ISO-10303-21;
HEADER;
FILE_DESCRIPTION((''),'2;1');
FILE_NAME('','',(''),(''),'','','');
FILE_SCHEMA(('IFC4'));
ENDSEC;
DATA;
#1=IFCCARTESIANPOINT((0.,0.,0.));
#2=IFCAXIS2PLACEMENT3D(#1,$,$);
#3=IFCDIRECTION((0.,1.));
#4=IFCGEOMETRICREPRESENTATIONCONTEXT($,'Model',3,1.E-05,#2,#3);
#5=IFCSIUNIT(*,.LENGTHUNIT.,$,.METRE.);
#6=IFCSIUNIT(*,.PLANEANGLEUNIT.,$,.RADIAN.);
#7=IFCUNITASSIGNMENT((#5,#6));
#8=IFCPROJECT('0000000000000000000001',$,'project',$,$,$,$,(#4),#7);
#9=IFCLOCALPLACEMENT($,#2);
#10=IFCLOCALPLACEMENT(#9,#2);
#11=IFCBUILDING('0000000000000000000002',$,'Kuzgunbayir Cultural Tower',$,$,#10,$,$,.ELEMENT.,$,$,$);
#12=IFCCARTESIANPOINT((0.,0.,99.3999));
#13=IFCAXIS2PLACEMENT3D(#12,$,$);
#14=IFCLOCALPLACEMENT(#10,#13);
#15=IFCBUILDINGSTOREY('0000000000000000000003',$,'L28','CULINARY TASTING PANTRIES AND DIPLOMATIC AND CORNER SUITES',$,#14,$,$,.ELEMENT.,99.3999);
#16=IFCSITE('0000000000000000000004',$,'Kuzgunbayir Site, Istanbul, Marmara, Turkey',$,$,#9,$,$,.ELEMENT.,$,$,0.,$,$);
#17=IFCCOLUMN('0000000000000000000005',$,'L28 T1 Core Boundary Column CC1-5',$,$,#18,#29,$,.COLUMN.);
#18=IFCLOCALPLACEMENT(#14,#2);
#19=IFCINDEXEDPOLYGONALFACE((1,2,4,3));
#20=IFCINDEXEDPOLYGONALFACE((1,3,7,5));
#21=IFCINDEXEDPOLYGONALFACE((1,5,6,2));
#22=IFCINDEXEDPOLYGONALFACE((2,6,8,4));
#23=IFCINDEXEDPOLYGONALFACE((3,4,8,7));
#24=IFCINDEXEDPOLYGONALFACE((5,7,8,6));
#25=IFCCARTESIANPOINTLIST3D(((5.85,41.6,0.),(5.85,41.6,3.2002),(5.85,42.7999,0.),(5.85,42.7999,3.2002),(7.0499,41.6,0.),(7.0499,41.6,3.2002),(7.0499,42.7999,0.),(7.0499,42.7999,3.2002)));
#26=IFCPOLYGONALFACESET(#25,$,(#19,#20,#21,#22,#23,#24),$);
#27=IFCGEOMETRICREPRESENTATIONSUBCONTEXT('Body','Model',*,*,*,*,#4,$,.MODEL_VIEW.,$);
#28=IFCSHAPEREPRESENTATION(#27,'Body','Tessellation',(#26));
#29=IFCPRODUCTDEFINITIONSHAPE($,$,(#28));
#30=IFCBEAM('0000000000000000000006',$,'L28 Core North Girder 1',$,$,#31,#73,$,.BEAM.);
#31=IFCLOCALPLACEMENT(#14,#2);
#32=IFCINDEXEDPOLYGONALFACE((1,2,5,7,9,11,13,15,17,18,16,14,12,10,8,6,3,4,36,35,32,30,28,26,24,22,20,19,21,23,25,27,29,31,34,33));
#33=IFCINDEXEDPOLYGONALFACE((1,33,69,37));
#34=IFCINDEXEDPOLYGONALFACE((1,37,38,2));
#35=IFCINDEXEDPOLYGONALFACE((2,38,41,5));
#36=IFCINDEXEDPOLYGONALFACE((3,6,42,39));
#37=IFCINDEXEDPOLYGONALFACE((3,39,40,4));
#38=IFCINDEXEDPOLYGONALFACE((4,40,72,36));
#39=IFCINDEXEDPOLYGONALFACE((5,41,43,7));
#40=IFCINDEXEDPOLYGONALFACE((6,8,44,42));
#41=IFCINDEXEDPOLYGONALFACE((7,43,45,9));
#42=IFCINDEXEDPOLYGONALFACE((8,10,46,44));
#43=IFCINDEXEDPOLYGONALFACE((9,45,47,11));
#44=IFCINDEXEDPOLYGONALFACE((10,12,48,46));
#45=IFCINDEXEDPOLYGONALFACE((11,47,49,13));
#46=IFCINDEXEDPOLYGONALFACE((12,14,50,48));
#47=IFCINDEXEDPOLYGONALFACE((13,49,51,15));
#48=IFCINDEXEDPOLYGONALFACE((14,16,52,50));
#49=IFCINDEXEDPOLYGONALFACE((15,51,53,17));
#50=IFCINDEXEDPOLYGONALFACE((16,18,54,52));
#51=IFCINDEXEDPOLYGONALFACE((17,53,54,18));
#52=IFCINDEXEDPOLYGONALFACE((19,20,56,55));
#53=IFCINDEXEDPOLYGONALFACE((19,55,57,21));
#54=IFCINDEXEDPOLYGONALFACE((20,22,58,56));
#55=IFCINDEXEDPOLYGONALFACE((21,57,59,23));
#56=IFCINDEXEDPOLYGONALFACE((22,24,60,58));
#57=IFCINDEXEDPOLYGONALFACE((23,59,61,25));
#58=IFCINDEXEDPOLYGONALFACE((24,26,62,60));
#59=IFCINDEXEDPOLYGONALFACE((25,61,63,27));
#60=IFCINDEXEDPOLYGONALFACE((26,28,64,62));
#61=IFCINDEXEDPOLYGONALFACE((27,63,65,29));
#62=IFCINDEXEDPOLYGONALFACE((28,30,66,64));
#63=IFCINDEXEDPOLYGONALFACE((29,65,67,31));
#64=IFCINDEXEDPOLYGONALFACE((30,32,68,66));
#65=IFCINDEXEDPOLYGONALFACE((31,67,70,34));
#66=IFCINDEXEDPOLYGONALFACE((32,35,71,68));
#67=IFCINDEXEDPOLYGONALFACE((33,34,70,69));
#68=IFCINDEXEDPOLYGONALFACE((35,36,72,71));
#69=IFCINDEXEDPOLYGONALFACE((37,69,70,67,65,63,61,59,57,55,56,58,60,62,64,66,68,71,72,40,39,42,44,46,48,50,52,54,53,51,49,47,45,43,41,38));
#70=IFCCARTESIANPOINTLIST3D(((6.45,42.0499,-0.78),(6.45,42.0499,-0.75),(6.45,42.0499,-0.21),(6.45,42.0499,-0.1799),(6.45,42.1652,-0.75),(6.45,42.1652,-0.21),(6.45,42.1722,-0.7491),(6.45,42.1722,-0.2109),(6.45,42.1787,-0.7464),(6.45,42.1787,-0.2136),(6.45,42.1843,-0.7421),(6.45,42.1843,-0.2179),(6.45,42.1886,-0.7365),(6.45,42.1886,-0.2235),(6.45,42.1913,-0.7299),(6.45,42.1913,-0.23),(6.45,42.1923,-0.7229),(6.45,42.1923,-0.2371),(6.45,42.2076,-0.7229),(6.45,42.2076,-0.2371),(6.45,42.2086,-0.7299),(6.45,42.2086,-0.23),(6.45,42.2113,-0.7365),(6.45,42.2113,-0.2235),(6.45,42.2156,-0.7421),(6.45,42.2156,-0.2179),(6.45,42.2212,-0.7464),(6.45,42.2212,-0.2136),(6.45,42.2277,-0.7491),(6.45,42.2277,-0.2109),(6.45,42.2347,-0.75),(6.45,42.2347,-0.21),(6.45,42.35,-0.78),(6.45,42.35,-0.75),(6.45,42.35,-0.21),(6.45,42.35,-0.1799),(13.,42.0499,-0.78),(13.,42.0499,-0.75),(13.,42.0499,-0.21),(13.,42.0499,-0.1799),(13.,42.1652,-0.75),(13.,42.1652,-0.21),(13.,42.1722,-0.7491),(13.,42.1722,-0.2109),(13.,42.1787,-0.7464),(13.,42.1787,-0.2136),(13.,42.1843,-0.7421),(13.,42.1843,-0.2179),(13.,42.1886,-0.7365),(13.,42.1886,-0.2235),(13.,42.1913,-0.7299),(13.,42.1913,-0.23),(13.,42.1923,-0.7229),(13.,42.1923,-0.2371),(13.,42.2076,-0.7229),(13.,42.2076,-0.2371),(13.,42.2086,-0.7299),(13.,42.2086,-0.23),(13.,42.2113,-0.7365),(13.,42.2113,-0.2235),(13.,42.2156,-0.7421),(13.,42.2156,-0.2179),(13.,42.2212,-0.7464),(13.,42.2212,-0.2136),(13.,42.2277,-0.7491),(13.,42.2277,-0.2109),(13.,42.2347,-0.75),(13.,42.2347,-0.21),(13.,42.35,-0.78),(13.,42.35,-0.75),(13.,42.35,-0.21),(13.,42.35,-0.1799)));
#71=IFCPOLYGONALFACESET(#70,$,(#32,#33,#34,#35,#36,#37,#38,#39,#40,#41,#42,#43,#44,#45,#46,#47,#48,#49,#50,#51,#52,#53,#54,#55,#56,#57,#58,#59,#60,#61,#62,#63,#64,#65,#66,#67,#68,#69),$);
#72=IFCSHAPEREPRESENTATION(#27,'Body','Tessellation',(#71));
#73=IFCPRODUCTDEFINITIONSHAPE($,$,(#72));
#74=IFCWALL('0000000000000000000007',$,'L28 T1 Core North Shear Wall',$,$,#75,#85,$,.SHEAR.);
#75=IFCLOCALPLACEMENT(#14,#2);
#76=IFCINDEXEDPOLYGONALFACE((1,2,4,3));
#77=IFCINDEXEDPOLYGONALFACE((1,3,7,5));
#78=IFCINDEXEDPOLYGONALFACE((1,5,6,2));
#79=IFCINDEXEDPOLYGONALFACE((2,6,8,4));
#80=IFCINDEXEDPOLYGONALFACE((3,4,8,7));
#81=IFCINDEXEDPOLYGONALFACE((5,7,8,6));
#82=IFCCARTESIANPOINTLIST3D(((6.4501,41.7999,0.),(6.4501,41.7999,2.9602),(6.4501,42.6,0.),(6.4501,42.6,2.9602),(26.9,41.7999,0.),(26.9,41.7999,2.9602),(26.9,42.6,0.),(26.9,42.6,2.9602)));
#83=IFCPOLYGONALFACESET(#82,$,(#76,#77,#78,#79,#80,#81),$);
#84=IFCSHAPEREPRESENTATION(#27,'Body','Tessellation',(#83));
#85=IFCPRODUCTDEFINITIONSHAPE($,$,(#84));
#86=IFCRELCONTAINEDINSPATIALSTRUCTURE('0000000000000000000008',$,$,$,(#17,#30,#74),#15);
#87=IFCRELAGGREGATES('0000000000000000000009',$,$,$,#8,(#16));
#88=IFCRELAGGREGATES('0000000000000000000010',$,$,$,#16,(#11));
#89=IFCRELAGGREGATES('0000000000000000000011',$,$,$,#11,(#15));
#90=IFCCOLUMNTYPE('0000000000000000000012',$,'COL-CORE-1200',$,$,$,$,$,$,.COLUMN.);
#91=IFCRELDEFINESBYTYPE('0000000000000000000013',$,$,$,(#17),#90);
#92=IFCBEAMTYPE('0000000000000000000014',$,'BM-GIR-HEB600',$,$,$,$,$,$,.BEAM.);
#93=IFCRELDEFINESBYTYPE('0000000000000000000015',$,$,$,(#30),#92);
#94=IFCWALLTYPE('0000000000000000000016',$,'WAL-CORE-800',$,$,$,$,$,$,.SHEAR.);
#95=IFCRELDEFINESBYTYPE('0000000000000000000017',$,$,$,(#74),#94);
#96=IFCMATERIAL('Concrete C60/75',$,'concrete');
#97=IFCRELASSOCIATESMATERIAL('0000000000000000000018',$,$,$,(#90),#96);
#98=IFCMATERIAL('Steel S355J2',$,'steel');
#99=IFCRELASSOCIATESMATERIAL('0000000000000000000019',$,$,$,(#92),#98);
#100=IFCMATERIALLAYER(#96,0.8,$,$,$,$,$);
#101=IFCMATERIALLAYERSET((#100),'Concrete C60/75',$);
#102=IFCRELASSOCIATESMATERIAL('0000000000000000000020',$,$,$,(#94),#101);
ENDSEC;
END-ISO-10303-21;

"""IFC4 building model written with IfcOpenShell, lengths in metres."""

from ifc_helpers import new_model, si_unit, direction, frame, frame_2d, origin, origin_2d, place, context, subcontext, project, spatial, rectangle, i_section, extrude, material, layer, layer_set, material_profile, profile_set, type_object, element, save


model = new_model("IFC4")

# Units and contexts
model_context = context("Model", 3, precision=1e-05, world=origin(), true_north=direction((0.0, 1.0)))
body_context = subcontext(model_context, "Body", "Model", "MODEL_VIEW")
ifc_project = project(units=[si_unit("LENGTHUNIT", "METRE"), si_unit("PLANEANGLEUNIT", "RADIAN")], contexts=[model_context])

# Site, building, storey
site_placement = place(None, origin())
site = spatial("IfcSite", under=ifc_project, at=site_placement, Name="Kuzgunbayir Site, Istanbul, Marmara, Turkey", CompositionType="ELEMENT", RefElevation=0.0)
building_placement = place(site_placement, origin())
building = spatial("IfcBuilding", under=site, at=building_placement, Name="Kuzgunbayir Cultural Tower", CompositionType="ELEMENT")
storey_placement = place(building_placement, frame((0.0, 0.0, 99.3999)))
storey = spatial("IfcBuildingStorey", under=building, at=storey_placement, Name="L28", Description="CULINARY TASTING PANTRIES AND DIPLOMATIC AND CORNER SUITES", CompositionType="ELEMENT", Elevation=99.3999)

# Column
ifc_material_1 = material(Name="Concrete C60/75", Category="concrete")
ifc_material_profile_1 = material_profile(ifc_material_1, rectangle(XDim=1.2, YDim=1.2, at=origin_2d()), Name="RC 1200x1200")
ifc_profile_set_1 = profile_set([ifc_material_profile_1], Name="Concrete C60/75")
column_type = type_object("IfcColumnType", Name="COL-CORE-1200", PredefinedType="COLUMN", material=ifc_profile_set_1)
column_placement = place(storey_placement, frame((6.45, 42.2, 0.0), z_axis=(0.0, 0.0, 1.0), x_axis=(1.0, 0.0, 0.0)))
element("IfcColumn", 1, at=column_placement, inside=storey, type_object=column_type, Name="L28 T1 Core Boundary Column CC1-5", PredefinedType="COLUMN", context=body_context, shape_type="SweptSolid", body=[
    extrude(rectangle(XDim=1.2, YDim=1.2, at=origin_2d()), origin(), (0.0, 0.0, 1.0), 3.2002),
])

# Beam
ifc_material_2 = material(Name="Steel S355J2", Category="steel")
ifc_material_profile_2 = material_profile(ifc_material_2, i_section(OverallWidth=0.3, OverallDepth=0.6001, WebThickness=0.0154, FlangeThickness=0.03, FilletRadius=0.0271, at=origin_2d()), Name="HEB 600")
ifc_profile_set_2 = profile_set([ifc_material_profile_2], Name="Steel S355J2")
beam_type = type_object("IfcBeamType", Name="BM-GIR-HEB600", PredefinedType="BEAM", material=ifc_profile_set_2)
beam_placement = place(storey_placement, frame((6.45, 42.2, -0.48), z_axis=(1.0, 0.0, 0.0), x_axis=(0.0, 1.0, 0.0)))
element("IfcBeam", 2, at=beam_placement, inside=storey, type_object=beam_type, Name="L28 Core North Girder 1", PredefinedType="BEAM", context=body_context, shape_type="SweptSolid", body=[
    extrude(i_section(OverallWidth=0.3, OverallDepth=0.6001, WebThickness=0.0154, FlangeThickness=0.03, FilletRadius=0.0271, at=origin_2d()), origin(), (0.0, 0.0, 1.0), 6.55),
])

# Wall
ifc_layer_1 = layer(ifc_material_1, 0.8)
ifc_layer_set_1 = layer_set([ifc_layer_1], Name="Concrete C60/75")
wall_type_1 = type_object("IfcWallType", Name="WAL-CORE-800", PredefinedType="SHEAR", material=ifc_layer_set_1)
wall_1_placement = place(storey_placement, frame((6.45, 42.2, 0.0), z_axis=(0.0, 0.0, 1.0), x_axis=(1.0, 0.0, 0.0)))
element("IfcWall", 3, at=wall_1_placement, inside=storey, type_object=wall_type_1, Name="L28 T1 Core North Shear Wall", PredefinedType="SHEAR", context=body_context, shape_type="SweptSolid", body=[
    extrude(rectangle(XDim=20.45, YDim=0.8, at=frame_2d((10.2251, 0.0))), origin(), (0.0, 0.0, 1.0), 2.9602),
])

save(model, "model.ifc")
